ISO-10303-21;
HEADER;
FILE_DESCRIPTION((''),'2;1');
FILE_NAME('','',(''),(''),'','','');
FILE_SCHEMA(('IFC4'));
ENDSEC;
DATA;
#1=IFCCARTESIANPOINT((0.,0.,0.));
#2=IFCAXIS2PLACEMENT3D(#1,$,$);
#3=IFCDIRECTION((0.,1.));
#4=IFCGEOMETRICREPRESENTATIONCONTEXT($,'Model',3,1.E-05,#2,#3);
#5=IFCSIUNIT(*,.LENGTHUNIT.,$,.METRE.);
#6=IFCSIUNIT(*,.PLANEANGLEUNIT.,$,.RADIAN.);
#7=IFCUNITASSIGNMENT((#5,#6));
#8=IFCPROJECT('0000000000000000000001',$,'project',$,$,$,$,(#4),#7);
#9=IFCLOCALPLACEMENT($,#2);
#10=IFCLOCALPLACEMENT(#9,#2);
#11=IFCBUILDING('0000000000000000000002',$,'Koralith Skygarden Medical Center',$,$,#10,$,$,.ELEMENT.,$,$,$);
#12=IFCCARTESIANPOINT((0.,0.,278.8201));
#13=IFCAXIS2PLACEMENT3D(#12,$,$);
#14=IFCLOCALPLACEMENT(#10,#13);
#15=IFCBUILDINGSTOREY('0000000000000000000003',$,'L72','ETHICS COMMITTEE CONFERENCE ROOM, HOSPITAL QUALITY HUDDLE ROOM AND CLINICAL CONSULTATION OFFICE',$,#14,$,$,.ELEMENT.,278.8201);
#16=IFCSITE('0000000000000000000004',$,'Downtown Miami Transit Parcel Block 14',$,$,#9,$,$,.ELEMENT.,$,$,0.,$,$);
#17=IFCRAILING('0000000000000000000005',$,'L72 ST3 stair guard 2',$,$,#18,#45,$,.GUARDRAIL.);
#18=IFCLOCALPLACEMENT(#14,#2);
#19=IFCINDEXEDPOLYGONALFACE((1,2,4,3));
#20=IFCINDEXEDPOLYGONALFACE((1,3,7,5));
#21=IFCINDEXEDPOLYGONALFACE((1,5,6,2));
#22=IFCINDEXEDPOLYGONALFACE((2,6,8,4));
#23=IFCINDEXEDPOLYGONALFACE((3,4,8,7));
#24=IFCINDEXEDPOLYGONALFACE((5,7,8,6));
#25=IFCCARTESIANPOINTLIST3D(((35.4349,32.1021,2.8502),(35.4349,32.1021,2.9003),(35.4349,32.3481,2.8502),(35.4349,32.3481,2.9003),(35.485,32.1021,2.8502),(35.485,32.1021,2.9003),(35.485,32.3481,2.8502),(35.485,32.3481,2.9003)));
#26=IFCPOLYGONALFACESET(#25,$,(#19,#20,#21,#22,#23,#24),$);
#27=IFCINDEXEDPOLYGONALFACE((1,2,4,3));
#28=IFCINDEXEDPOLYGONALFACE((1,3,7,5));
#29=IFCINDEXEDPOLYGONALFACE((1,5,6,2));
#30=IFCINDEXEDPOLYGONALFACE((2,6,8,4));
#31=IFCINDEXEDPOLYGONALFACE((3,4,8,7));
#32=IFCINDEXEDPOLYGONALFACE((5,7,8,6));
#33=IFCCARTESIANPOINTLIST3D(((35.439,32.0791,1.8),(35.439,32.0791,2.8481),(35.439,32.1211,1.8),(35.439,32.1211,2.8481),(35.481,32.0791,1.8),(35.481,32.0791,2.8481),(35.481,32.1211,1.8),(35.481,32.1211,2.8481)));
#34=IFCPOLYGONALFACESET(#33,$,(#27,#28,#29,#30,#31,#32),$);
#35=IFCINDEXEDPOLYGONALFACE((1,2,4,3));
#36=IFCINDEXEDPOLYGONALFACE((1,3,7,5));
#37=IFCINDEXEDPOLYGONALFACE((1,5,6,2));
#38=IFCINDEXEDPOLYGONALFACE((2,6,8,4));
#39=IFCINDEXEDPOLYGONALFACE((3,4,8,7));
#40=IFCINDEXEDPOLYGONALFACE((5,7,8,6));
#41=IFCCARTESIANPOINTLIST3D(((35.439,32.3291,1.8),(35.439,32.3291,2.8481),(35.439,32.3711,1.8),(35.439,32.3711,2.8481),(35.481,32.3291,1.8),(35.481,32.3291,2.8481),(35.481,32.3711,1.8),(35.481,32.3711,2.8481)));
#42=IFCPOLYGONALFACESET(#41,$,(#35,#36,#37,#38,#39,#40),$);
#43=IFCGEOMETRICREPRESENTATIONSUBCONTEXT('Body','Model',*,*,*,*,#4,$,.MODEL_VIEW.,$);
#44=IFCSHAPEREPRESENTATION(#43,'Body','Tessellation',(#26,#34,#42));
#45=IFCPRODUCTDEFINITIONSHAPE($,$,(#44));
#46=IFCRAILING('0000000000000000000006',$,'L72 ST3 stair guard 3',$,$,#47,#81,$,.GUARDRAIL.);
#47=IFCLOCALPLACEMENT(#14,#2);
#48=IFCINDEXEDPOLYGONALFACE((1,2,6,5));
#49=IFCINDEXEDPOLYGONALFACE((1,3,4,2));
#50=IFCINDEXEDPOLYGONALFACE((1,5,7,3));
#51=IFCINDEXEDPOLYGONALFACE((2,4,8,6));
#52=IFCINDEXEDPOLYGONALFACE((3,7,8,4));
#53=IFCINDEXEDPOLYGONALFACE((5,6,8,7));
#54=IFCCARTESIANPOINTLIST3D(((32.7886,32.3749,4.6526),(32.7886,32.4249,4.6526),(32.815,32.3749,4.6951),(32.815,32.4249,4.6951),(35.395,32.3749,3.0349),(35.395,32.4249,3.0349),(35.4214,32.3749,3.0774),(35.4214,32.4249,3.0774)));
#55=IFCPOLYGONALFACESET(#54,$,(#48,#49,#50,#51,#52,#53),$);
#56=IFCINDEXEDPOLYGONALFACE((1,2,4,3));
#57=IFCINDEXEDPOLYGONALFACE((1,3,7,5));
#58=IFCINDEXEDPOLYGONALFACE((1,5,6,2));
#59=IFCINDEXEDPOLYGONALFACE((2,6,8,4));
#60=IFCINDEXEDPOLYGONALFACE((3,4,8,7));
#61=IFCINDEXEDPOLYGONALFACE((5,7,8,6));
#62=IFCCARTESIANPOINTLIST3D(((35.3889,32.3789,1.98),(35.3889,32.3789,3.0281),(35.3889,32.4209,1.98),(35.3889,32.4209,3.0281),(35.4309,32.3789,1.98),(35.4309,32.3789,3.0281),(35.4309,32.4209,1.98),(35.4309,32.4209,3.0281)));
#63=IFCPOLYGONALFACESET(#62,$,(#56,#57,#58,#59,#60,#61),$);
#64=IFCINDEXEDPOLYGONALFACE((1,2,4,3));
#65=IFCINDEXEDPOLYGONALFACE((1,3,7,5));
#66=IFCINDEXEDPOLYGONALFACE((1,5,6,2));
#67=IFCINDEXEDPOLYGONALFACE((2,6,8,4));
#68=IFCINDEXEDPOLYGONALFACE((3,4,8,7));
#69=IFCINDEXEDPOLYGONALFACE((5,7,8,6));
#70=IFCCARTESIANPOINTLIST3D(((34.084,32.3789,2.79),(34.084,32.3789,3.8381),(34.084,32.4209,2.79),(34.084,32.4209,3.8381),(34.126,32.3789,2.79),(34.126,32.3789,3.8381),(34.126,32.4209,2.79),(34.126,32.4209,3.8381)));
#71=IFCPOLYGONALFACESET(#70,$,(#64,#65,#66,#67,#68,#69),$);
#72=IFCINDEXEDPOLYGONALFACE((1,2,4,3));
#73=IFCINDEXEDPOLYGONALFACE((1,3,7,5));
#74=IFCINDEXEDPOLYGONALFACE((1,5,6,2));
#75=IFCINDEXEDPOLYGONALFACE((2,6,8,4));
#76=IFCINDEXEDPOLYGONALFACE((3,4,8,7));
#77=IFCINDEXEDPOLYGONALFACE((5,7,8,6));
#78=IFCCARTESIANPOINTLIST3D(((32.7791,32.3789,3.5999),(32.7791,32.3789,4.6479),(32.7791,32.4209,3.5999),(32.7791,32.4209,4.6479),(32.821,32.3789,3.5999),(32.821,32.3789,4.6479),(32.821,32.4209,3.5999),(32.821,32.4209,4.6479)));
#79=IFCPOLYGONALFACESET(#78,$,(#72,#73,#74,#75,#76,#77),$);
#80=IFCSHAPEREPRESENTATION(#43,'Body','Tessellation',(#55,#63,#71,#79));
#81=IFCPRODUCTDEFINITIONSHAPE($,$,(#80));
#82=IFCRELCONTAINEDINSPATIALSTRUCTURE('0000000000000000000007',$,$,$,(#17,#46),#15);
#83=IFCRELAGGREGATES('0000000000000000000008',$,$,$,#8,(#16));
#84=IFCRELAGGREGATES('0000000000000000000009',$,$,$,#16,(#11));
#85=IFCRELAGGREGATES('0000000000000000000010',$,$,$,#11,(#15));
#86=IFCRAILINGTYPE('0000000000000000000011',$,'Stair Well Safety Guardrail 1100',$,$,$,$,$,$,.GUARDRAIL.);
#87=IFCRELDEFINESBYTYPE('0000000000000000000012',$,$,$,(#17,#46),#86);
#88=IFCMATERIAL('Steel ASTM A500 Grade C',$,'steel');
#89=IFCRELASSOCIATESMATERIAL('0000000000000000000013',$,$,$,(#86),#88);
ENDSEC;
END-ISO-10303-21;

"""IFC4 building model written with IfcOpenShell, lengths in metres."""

from ifc_helpers import new_model, si_unit, direction, frame, origin, origin_2d, place, context, subcontext, project, spatial, rectangle, extrude, material, type_object, element, save


model = new_model("IFC4")

# Units and contexts
model_context = context("Model", 3, precision=1e-05, world=origin(), true_north=direction((0.0, 1.0)))
body_context = subcontext(model_context, "Body", "Model", "MODEL_VIEW")
ifc_project = project(units=[si_unit("LENGTHUNIT", "METRE"), si_unit("PLANEANGLEUNIT", "RADIAN")], contexts=[model_context])

# Site, building, storey
site_placement = place(None, origin())
site = spatial("IfcSite", under=ifc_project, at=site_placement, Name="Downtown Miami Transit Parcel Block 14", CompositionType="ELEMENT", RefElevation=0.0)
building_placement = place(site_placement, origin())
building = spatial("IfcBuilding", under=site, at=building_placement, Name="Koralith Skygarden Medical Center", CompositionType="ELEMENT")
storey_placement = place(building_placement, frame((0.0, 0.0, 278.8201)))
storey = spatial("IfcBuildingStorey", under=building, at=storey_placement, Name="L72", Description="ETHICS COMMITTEE CONFERENCE ROOM, HOSPITAL QUALITY HUDDLE ROOM AND CLINICAL CONSULTATION OFFICE", CompositionType="ELEMENT", Elevation=278.8201)

# Shared definitions
ifc_material_1 = material(Name="Steel ASTM A500 Grade C", Category="steel")

# Railings
railing_type_1 = type_object("IfcRailingType", Name="Stair Well Safety Guardrail 1100", PredefinedType="GUARDRAIL", material=ifc_material_1)
railing_1_placement = place(storey_placement, frame((35.46, 32.1001, 1.8)))
element("IfcRailing", 1, at=railing_1_placement, inside=storey, type_object=railing_type_1, Name="L72 ST3 stair guard 2", PredefinedType="GUARDRAIL", context=body_context, shape_type="SweptSolid", body=[
    extrude(rectangle(XDim=0.05, YDim=0.05, at=origin_2d()), frame((0.0, 0.002, 1.0752), z_axis=(0.0, 1.0, 0.0), x_axis=(-1.0, 0.0, 0.0)), (0.0, 0.0, 1.0), 0.2461),
    extrude(rectangle(XDim=0.042, YDim=0.042, at=origin_2d()), origin(), (0.0, 0.0, 1.0), 1.0481),
    extrude(rectangle(XDim=0.042, YDim=0.042, at=origin_2d()), frame((0.0, 0.25, 0.0)), (0.0, 0.0, 1.0), 1.0481),
])
railing_2_placement = place(storey_placement, frame((35.4099, 32.3999, 1.98)))
element("IfcRailing", 2, at=railing_2_placement, inside=storey, type_object=railing_type_1, Name="L72 ST3 stair guard 3", PredefinedType="GUARDRAIL", context=body_context, shape_type="SweptSolid", body=[
    extrude(rectangle(XDim=0.05, YDim=0.05, at=origin_2d()), frame((-0.0017, 0.0, 1.0762), z_axis=(-0.849646, 0.0, 0.527353), x_axis=(0.0, -1.0, 0.0)), (0.0, 0.0, 1.0), 3.0676),
    extrude(rectangle(XDim=0.042, YDim=0.042, at=origin_2d()), origin(), (0.0, 0.0, 1.0), 1.0481),
    extrude(rectangle(XDim=0.042, YDim=0.042, at=origin_2d()), frame((-1.3049, 0.0, 0.8101)), (0.0, 0.0, 1.0), 1.0481),
    extrude(rectangle(XDim=0.042, YDim=0.042, at=origin_2d()), frame((-2.6099, 0.0, 1.6199)), (0.0, 0.0, 1.0), 1.0481),
])

save(model, "model.ifc")
